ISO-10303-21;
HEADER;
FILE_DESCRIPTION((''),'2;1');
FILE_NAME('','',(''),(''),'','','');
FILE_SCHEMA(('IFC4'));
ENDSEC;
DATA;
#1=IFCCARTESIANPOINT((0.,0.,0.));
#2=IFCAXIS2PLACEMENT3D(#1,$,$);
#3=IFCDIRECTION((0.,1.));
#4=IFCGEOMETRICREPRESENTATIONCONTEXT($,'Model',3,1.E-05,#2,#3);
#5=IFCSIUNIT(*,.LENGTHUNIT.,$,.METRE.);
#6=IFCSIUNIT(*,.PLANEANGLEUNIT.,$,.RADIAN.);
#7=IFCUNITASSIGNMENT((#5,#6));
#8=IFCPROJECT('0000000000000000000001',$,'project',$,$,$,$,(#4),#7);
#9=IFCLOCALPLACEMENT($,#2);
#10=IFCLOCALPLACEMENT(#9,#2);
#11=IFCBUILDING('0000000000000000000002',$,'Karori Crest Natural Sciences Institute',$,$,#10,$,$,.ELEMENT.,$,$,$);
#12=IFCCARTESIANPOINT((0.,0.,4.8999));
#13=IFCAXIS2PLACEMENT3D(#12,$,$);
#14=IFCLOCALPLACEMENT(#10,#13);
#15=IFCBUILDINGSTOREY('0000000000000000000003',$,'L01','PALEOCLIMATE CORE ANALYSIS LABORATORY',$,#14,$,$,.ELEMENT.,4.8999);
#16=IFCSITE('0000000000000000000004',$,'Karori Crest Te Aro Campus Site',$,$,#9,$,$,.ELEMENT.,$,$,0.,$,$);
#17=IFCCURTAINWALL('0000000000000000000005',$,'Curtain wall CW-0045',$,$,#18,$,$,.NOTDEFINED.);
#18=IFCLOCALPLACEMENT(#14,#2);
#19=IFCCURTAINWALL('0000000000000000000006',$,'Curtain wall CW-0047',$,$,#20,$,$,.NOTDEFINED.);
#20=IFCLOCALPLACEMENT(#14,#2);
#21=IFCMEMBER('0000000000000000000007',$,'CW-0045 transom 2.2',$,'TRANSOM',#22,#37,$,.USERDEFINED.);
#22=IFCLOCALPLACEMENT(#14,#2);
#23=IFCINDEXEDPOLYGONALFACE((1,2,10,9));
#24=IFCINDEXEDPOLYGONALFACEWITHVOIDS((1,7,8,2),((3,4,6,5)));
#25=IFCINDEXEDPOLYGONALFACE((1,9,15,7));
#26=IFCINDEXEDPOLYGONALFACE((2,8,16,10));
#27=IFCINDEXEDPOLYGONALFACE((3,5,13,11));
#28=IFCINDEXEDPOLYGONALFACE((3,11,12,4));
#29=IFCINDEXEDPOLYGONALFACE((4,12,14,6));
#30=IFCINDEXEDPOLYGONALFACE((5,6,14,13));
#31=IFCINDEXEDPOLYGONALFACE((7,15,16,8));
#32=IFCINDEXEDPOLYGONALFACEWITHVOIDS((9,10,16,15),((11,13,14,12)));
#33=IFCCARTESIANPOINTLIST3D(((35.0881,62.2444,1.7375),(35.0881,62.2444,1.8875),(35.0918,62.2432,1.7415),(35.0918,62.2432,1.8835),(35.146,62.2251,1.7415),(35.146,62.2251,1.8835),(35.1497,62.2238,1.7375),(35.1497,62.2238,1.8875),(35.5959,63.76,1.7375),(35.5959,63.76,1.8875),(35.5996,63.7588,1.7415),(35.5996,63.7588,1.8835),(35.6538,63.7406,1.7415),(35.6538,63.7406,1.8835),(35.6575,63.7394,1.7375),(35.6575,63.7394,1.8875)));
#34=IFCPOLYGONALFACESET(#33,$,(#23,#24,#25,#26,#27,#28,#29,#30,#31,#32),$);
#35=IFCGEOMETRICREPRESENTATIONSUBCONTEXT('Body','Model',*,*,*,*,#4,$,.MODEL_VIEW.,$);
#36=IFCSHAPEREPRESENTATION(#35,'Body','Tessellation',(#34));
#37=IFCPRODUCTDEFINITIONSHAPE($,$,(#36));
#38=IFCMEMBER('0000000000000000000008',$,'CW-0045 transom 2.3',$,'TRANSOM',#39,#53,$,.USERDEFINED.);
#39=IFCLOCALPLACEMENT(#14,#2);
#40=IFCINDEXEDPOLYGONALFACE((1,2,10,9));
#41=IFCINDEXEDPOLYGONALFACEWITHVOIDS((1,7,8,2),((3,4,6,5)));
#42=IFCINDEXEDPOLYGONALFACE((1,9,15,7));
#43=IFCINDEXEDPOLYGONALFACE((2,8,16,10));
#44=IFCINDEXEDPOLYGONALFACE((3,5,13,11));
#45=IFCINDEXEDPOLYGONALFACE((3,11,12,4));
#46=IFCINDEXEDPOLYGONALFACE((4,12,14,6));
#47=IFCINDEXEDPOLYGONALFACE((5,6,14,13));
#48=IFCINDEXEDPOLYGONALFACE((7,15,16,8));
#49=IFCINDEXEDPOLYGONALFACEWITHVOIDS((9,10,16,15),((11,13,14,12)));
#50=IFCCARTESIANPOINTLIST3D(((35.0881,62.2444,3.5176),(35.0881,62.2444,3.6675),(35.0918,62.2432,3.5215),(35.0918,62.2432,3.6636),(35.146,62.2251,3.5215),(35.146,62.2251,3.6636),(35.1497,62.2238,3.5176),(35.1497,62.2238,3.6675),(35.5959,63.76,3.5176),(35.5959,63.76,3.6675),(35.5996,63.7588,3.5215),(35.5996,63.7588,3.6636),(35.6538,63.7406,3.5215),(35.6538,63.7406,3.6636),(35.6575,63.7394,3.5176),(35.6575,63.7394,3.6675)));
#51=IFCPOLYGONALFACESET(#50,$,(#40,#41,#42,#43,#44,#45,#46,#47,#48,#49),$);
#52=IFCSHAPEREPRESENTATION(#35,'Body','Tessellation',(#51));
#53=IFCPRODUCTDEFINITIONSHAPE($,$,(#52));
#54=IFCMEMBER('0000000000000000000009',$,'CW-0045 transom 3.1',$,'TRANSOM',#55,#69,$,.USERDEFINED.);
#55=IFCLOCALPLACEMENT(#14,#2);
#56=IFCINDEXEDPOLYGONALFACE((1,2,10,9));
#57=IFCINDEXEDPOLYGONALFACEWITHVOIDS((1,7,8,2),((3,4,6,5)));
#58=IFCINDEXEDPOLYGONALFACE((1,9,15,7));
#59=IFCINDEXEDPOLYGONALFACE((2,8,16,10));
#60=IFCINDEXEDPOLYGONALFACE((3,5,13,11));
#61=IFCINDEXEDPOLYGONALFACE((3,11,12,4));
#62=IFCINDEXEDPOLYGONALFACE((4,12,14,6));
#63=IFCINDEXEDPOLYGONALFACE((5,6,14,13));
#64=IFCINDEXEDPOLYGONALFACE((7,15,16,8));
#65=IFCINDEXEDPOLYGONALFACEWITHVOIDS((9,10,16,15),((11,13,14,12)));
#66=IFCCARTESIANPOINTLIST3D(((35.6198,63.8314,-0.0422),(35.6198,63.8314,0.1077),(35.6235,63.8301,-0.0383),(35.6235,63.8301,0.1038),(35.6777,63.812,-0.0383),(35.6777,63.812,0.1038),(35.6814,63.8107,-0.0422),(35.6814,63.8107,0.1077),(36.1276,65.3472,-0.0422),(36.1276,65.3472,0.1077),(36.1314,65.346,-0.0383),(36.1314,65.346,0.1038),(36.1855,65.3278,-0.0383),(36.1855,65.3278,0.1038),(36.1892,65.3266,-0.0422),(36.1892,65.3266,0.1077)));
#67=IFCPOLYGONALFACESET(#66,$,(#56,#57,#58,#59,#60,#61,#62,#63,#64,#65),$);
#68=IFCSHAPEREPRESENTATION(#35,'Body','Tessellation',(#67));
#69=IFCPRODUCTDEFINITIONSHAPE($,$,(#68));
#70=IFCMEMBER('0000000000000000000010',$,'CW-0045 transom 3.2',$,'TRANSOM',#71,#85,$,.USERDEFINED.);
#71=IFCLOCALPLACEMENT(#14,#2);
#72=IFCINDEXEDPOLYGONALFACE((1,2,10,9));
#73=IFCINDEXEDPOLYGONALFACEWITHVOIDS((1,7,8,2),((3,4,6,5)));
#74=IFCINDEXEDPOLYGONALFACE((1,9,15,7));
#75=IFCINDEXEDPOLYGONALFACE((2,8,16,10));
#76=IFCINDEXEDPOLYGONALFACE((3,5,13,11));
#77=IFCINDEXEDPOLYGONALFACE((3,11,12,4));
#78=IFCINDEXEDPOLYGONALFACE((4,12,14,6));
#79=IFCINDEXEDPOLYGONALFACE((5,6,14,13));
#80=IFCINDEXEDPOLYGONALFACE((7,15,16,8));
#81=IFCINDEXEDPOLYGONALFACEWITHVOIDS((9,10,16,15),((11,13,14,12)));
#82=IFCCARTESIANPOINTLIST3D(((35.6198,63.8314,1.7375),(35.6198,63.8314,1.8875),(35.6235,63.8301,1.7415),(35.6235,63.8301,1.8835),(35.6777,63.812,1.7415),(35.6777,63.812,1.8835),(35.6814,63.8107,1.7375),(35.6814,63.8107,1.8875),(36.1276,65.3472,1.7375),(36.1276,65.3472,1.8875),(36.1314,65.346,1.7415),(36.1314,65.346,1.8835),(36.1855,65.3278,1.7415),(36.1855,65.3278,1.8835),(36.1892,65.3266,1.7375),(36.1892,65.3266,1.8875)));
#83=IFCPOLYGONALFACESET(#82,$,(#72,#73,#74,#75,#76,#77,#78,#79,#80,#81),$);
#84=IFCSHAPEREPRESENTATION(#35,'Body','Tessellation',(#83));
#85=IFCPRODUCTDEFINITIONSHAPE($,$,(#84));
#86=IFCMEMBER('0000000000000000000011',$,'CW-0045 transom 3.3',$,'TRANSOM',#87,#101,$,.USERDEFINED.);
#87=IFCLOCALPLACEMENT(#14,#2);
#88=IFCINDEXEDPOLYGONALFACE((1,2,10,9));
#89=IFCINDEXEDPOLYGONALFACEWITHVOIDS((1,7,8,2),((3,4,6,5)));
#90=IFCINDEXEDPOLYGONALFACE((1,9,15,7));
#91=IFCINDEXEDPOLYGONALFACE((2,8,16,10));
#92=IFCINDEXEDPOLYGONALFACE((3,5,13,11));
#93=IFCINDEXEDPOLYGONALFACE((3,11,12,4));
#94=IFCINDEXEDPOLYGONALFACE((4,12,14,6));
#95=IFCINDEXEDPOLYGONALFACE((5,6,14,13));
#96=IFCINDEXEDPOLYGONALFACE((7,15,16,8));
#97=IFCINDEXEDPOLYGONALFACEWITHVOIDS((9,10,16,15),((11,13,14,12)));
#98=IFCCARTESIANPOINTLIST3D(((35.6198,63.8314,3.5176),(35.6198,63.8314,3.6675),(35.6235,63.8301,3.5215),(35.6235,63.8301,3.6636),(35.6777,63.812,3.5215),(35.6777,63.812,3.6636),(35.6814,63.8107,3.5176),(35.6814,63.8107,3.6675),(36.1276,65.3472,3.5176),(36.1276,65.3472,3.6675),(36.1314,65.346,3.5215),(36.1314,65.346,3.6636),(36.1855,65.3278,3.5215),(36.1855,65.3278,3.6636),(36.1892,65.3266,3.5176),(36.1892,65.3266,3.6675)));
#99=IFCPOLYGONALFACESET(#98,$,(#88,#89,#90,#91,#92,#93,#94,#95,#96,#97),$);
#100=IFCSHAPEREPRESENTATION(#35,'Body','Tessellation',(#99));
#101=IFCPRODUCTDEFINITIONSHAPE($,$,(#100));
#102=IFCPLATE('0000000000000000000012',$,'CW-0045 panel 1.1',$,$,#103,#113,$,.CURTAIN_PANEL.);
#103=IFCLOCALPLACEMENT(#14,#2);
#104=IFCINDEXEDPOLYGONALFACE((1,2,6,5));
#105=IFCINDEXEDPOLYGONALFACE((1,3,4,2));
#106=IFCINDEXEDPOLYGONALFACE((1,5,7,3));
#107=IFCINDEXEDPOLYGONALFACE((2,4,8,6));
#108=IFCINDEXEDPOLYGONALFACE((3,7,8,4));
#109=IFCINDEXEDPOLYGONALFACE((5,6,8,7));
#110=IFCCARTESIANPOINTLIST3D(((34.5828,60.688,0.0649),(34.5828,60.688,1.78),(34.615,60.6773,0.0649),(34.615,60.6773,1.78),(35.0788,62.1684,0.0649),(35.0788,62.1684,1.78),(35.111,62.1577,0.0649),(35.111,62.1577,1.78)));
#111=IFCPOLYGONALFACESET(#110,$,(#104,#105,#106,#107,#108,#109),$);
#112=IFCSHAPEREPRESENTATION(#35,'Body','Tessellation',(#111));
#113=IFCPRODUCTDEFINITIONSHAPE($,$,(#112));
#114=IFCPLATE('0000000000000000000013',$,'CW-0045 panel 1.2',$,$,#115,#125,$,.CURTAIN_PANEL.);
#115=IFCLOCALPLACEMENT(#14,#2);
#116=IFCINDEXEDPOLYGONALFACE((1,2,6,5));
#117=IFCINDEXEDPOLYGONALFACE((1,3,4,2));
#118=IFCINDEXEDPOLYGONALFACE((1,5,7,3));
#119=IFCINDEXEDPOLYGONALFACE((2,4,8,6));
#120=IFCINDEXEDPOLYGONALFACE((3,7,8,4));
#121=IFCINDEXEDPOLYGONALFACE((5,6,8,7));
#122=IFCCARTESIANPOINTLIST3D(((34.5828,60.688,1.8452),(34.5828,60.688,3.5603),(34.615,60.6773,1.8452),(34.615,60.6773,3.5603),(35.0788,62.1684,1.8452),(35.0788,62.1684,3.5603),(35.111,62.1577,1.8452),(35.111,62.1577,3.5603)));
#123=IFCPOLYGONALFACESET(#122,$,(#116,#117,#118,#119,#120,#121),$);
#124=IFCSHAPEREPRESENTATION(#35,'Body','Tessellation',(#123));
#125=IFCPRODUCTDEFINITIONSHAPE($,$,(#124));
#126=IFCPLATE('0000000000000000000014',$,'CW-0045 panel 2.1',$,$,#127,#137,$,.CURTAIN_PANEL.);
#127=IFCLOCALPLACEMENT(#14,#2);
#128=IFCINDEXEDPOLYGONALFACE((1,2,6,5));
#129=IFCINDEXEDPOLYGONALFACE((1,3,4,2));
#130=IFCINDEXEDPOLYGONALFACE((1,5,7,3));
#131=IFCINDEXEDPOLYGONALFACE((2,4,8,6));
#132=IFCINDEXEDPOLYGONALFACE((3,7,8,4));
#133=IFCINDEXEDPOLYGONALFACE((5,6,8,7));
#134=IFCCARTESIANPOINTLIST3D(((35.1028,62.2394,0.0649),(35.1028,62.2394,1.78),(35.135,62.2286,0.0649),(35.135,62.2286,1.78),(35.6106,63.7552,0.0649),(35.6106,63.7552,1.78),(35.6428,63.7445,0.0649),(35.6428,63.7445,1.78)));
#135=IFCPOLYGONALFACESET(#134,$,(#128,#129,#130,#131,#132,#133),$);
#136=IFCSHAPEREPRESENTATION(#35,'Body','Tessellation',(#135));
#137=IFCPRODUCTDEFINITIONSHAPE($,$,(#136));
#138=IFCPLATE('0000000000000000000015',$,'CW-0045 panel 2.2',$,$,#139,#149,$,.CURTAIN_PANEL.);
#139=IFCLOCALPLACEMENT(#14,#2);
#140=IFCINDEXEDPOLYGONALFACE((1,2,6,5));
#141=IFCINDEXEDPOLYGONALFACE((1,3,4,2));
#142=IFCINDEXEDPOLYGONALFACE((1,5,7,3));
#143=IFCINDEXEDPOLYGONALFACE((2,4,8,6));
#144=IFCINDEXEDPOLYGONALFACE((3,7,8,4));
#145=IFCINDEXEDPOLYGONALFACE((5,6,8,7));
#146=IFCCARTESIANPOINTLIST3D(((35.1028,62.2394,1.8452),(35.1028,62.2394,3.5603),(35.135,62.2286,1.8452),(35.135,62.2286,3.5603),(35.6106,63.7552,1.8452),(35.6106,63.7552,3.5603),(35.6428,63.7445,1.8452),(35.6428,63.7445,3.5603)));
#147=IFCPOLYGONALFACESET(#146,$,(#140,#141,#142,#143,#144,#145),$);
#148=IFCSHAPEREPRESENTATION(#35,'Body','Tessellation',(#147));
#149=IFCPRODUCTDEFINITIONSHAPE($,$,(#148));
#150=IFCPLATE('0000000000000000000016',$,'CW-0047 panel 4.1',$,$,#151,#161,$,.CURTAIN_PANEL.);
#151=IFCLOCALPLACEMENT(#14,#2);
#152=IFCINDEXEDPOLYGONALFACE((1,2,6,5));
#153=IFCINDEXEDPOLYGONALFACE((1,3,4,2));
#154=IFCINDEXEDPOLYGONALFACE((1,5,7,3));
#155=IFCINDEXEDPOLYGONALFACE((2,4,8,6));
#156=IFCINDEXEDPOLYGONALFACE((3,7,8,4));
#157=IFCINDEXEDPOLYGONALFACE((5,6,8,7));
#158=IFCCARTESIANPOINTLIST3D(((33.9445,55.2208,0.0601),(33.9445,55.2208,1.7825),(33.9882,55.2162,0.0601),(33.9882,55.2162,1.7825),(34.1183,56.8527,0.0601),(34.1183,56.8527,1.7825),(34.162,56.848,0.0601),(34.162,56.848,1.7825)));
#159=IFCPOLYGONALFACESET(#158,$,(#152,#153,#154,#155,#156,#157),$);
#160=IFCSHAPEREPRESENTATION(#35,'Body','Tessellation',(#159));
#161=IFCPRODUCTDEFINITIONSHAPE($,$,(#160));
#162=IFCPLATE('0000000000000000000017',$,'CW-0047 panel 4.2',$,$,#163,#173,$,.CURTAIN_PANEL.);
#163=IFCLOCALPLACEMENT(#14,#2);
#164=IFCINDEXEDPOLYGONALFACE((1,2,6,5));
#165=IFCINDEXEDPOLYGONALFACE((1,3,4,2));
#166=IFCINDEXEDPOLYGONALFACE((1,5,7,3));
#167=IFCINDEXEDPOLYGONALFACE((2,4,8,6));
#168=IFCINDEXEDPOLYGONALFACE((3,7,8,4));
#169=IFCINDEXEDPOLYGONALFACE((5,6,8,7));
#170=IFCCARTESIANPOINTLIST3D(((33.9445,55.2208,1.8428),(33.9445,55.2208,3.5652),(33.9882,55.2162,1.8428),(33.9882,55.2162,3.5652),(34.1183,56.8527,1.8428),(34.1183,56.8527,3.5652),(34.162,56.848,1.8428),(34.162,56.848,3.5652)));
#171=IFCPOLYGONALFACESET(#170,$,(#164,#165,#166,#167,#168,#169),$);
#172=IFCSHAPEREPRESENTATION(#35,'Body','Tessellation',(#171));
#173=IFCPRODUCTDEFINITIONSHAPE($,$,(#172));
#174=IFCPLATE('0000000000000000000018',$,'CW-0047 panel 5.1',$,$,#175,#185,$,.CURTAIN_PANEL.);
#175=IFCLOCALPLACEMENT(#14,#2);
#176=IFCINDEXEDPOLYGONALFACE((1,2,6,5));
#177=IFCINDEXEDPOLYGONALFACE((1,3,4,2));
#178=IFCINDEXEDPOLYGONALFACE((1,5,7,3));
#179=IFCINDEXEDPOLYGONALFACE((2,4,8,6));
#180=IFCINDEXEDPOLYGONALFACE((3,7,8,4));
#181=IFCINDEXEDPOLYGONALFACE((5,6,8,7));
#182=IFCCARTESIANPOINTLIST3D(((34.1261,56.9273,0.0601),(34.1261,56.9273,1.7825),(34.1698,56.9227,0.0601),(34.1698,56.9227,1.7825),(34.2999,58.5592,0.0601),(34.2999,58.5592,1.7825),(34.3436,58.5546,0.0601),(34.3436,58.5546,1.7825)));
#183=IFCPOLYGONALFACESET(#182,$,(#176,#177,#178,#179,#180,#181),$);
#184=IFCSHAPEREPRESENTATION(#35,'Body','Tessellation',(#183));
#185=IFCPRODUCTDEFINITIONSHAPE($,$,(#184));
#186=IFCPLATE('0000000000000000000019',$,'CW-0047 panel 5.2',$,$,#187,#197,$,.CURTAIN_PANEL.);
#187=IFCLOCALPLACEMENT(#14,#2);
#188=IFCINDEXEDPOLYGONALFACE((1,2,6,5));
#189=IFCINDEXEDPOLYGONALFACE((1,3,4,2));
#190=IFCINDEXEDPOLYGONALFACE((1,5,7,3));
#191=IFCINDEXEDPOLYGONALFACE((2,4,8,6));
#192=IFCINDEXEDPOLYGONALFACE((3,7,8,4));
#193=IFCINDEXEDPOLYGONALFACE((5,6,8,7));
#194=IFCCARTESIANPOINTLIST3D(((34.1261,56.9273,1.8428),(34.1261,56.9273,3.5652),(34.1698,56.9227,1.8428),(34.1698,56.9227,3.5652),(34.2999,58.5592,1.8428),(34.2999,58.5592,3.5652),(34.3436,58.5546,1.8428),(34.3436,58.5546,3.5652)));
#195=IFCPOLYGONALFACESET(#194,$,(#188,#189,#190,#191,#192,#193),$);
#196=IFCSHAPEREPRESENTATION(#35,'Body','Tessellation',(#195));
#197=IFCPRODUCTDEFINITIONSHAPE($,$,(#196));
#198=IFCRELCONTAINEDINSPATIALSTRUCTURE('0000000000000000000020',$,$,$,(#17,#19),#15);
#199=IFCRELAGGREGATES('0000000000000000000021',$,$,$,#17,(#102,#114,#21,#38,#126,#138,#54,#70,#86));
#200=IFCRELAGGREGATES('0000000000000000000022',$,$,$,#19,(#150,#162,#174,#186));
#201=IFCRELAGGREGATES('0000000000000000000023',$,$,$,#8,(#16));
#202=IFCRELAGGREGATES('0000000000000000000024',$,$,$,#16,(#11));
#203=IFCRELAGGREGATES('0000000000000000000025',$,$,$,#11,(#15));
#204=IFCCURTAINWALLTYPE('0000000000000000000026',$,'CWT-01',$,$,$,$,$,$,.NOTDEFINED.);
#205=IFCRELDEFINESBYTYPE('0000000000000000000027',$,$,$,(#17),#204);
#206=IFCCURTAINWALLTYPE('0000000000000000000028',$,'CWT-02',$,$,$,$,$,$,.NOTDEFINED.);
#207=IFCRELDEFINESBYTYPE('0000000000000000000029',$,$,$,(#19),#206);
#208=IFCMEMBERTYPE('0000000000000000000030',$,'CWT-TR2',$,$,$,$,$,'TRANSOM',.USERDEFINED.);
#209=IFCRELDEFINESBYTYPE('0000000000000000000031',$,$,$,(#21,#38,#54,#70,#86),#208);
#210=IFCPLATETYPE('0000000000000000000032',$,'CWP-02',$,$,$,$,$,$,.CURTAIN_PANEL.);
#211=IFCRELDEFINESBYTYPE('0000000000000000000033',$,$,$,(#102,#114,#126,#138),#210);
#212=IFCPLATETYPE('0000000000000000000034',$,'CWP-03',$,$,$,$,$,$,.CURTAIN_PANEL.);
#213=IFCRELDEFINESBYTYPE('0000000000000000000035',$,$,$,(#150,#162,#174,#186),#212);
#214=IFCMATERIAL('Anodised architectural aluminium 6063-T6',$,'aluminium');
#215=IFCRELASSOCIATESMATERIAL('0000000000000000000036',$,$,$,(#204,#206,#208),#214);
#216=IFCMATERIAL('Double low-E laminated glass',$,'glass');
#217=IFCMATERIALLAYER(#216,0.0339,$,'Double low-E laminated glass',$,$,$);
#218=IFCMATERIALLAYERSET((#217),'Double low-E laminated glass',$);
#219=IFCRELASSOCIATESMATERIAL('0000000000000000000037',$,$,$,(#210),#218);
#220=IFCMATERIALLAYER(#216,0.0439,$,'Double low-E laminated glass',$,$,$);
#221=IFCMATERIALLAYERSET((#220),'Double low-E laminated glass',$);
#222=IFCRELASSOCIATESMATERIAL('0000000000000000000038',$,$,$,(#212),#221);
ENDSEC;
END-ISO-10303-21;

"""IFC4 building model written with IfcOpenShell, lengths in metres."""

from ifc_helpers import new_model, si_unit, direction, frame, origin, origin_2d, place, context, subcontext, project, spatial, rectangle, hollow_rectangle, extrude, material, layer, layer_set, material_profile, profile_set, type_object, element, aggregate, save


model = new_model("IFC4")

# Units and contexts
model_context = context("Model", 3, precision=1e-05, world=origin(), true_north=direction((0.0, 1.0)))
body_context = subcontext(model_context, "Body", "Model", "MODEL_VIEW")
ifc_project = project(units=[si_unit("LENGTHUNIT", "METRE"), si_unit("PLANEANGLEUNIT", "RADIAN")], contexts=[model_context])

# Site, building, storey
site_placement = place(None, origin())
site = spatial("IfcSite", under=ifc_project, at=site_placement, Name="Karori Crest Te Aro Campus Site", CompositionType="ELEMENT", RefElevation=0.0)
building_placement = place(site_placement, origin())
building = spatial("IfcBuilding", under=site, at=building_placement, Name="Karori Crest Natural Sciences Institute", CompositionType="ELEMENT")
storey_placement = place(building_placement, frame((0.0, 0.0, 4.8999)))
storey = spatial("IfcBuildingStorey", under=building, at=storey_placement, Name="L01", Description="PALEOCLIMATE CORE ANALYSIS LABORATORY", CompositionType="ELEMENT", Elevation=4.8999)

# Curtain walls
ifc_material_1 = material(Name="Anodised architectural aluminium 6063-T6", Category="aluminium")
curtain_wall_type_1 = type_object("IfcCurtainWallType", Name="CWT-01", PredefinedType="NOTDEFINED", material=ifc_material_1)
curtain_wall_1_placement = place(storey_placement, origin())
curtain_wall_1 = element("IfcCurtainWall", 1, at=curtain_wall_1_placement, inside=storey, type_object=curtain_wall_type_1, Name="Curtain wall CW-0045", PredefinedType="NOTDEFINED")
curtain_wall_type_2 = type_object("IfcCurtainWallType", Name="CWT-02", PredefinedType="NOTDEFINED", material=ifc_material_1)
curtain_wall_2_placement = place(storey_placement, origin())
curtain_wall_2 = element("IfcCurtainWall", 2, at=curtain_wall_2_placement, inside=storey, type_object=curtain_wall_type_2, Name="Curtain wall CW-0047", PredefinedType="NOTDEFINED")

# Members
ifc_material_profile_1 = material_profile(ifc_material_1, hollow_rectangle(XDim=0.0649, YDim=0.1499, WallThickness=0.0039, at=origin_2d()), Name="CWT150x65x4")
ifc_profile_set_1 = profile_set([ifc_material_profile_1], Name="Anodised architectural aluminium 6063-T6")
member_type_1 = type_object("IfcMemberType", Name="CWT-TR2", ElementType="TRANSOM", PredefinedType="USERDEFINED", material=ifc_profile_set_1)
member_1_placement = place(storey_placement, frame((35.1189, 62.2341, 1.8125), z_axis=(0.317694, 0.948193, 0.0), x_axis=(-0.948193, 0.317694, 0.0)))
member_1 = element("IfcMember", 3, at=member_1_placement, type_object=member_type_1, Name="CW-0045 transom 2.2", ObjectType="TRANSOM", PredefinedType="USERDEFINED", context=body_context, shape_type="SweptSolid", body=[
    extrude(hollow_rectangle(XDim=0.0649, YDim=0.1499, WallThickness=0.0039, at=origin_2d()), origin(), (0.0, 0.0, 1.0), 1.5984),
])
member_2_placement = place(storey_placement, frame((35.1189, 62.2341, 3.5925), z_axis=(0.317694, 0.948193, 0.0), x_axis=(-0.948193, 0.317694, 0.0)))
member_2 = element("IfcMember", 4, at=member_2_placement, type_object=member_type_1, Name="CW-0045 transom 2.3", ObjectType="TRANSOM", PredefinedType="USERDEFINED", context=body_context, shape_type="SweptSolid", body=[
    extrude(hollow_rectangle(XDim=0.0649, YDim=0.1499, WallThickness=0.0039, at=origin_2d()), origin(), (0.0, 0.0, 1.0), 1.5984),
])
member_3_placement = place(storey_placement, frame((35.6506, 63.821, 0.0327), z_axis=(0.317648, 0.948209, 0.0), x_axis=(-0.948209, 0.317648, 0.0)))
member_3 = element("IfcMember", 5, at=member_3_placement, type_object=member_type_1, Name="CW-0045 transom 3.1", ObjectType="TRANSOM", PredefinedType="USERDEFINED", context=body_context, shape_type="SweptSolid", body=[
    extrude(hollow_rectangle(XDim=0.0649, YDim=0.1499, WallThickness=0.0039, at=origin_2d()), origin(), (0.0, 0.0, 1.0), 1.5986),
])
member_4_placement = place(storey_placement, frame((35.6506, 63.821, 1.8125), z_axis=(0.317648, 0.948209, 0.0), x_axis=(-0.948209, 0.317648, 0.0)))
member_4 = element("IfcMember", 6, at=member_4_placement, type_object=member_type_1, Name="CW-0045 transom 3.2", ObjectType="TRANSOM", PredefinedType="USERDEFINED", context=body_context, shape_type="SweptSolid", body=[
    extrude(hollow_rectangle(XDim=0.0649, YDim=0.1499, WallThickness=0.0039, at=origin_2d()), origin(), (0.0, 0.0, 1.0), 1.5986),
])
member_5_placement = place(storey_placement, frame((35.6506, 63.821, 3.5925), z_axis=(0.317648, 0.948209, 0.0), x_axis=(-0.948209, 0.317648, 0.0)))
member_5 = element("IfcMember", 7, at=member_5_placement, type_object=member_type_1, Name="CW-0045 transom 3.3", ObjectType="TRANSOM", PredefinedType="USERDEFINED", context=body_context, shape_type="SweptSolid", body=[
    extrude(hollow_rectangle(XDim=0.0649, YDim=0.1499, WallThickness=0.0039, at=origin_2d()), origin(), (0.0, 0.0, 1.0), 1.5986),
])

# Plates
ifc_material_2 = material(Name="Double low-E laminated glass", Category="glass")
ifc_layer_1 = layer(ifc_material_2, 0.0339, Name="Double low-E laminated glass")
ifc_layer_set_1 = layer_set([ifc_layer_1], Name="Double low-E laminated glass")
plate_type_1 = type_object("IfcPlateType", Name="CWP-02", PredefinedType="CURTAIN_PANEL", material=ifc_layer_set_1)
plate_1_placement = place(storey_placement, frame((34.8469, 61.4229, 0.0649), z_axis=(0.0, 0.0, 1.0), x_axis=(0.317685, 0.948196, 0.0)))
plate_1 = element("IfcPlate", 8, at=plate_1_placement, type_object=plate_type_1, Name="CW-0045 panel 1.1", PredefinedType="CURTAIN_PANEL", context=body_context, shape_type="SweptSolid", body=[
    extrude(rectangle(XDim=1.5613, YDim=0.0339, at=origin_2d()), origin(), (0.0, 0.0, 1.0), 1.7151),
])
plate_2_placement = place(storey_placement, frame((34.8469, 61.4229, 1.8452), z_axis=(0.0, 0.0, 1.0), x_axis=(0.317685, 0.948196, 0.0)))
plate_2 = element("IfcPlate", 9, at=plate_2_placement, type_object=plate_type_1, Name="CW-0045 panel 1.2", PredefinedType="CURTAIN_PANEL", context=body_context, shape_type="SweptSolid", body=[
    extrude(rectangle(XDim=1.5613, YDim=0.0339, at=origin_2d()), origin(), (0.0, 0.0, 1.0), 1.7151),
])
plate_3_placement = place(storey_placement, frame((35.3728, 62.9919, 0.0649), z_axis=(0.0, 0.0, 1.0), x_axis=(0.317685, 0.948196, 0.0)))
plate_3 = element("IfcPlate", 10, at=plate_3_placement, type_object=plate_type_1, Name="CW-0045 panel 2.1", PredefinedType="CURTAIN_PANEL", context=body_context, shape_type="SweptSolid", body=[
    extrude(rectangle(XDim=1.5986, YDim=0.0339, at=origin_2d()), origin(), (0.0, 0.0, 1.0), 1.7151),
])
plate_4_placement = place(storey_placement, frame((35.3728, 62.9919, 1.8452), z_axis=(0.0, 0.0, 1.0), x_axis=(0.317685, 0.948196, 0.0)))
plate_4 = element("IfcPlate", 11, at=plate_4_placement, type_object=plate_type_1, Name="CW-0045 panel 2.2", PredefinedType="CURTAIN_PANEL", context=body_context, shape_type="SweptSolid", body=[
    extrude(rectangle(XDim=1.5986, YDim=0.0339, at=origin_2d()), origin(), (0.0, 0.0, 1.0), 1.7151),
])
aggregate(curtain_wall_1, [plate_1, plate_2, member_1, member_2, plate_3, plate_4, member_3, member_4, member_5])
ifc_layer_2 = layer(ifc_material_2, 0.0439, Name="Double low-E laminated glass")
ifc_layer_set_2 = layer_set([ifc_layer_2], Name="Double low-E laminated glass")
plate_type_2 = type_object("IfcPlateType", Name="CWP-03", PredefinedType="CURTAIN_PANEL", material=ifc_layer_set_2)
plate_5_placement = place(storey_placement, frame((34.0532, 56.0344, 0.0601), z_axis=(0.0, 0.0, 1.0), x_axis=(0.105884, 0.994378, 0.0)))
plate_5 = element("IfcPlate", 12, at=plate_5_placement, type_object=plate_type_2, Name="CW-0047 panel 4.1", PredefinedType="CURTAIN_PANEL", context=body_context, shape_type="SweptSolid", body=[
    extrude(rectangle(XDim=1.6411, YDim=0.0439, at=origin_2d()), origin(), (0.0, 0.0, 1.0), 1.7224),
])
plate_6_placement = place(storey_placement, frame((34.0532, 56.0344, 1.8428), z_axis=(0.0, 0.0, 1.0), x_axis=(0.105884, 0.994378, 0.0)))
plate_6 = element("IfcPlate", 13, at=plate_6_placement, type_object=plate_type_2, Name="CW-0047 panel 4.2", PredefinedType="CURTAIN_PANEL", context=body_context, shape_type="SweptSolid", body=[
    extrude(rectangle(XDim=1.6411, YDim=0.0439, at=origin_2d()), origin(), (0.0, 0.0, 1.0), 1.7224),
])
plate_7_placement = place(storey_placement, frame((34.2349, 57.741, 0.0601), z_axis=(0.0, 0.0, 1.0), x_axis=(0.105884, 0.994378, 0.0)))
plate_7 = element("IfcPlate", 14, at=plate_7_placement, type_object=plate_type_2, Name="CW-0047 panel 5.1", PredefinedType="CURTAIN_PANEL", context=body_context, shape_type="SweptSolid", body=[
    extrude(rectangle(XDim=1.6411, YDim=0.0439, at=origin_2d()), origin(), (0.0, 0.0, 1.0), 1.7224),
])
plate_8_placement = place(storey_placement, frame((34.2349, 57.741, 1.8428), z_axis=(0.0, 0.0, 1.0), x_axis=(0.105884, 0.994378, 0.0)))
plate_8 = element("IfcPlate", 15, at=plate_8_placement, type_object=plate_type_2, Name="CW-0047 panel 5.2", PredefinedType="CURTAIN_PANEL", context=body_context, shape_type="SweptSolid", body=[
    extrude(rectangle(XDim=1.6411, YDim=0.0439, at=origin_2d()), origin(), (0.0, 0.0, 1.0), 1.7224),
])
aggregate(curtain_wall_2, [plate_5, plate_6, plate_7, plate_8])

save(model, "model.ifc")
